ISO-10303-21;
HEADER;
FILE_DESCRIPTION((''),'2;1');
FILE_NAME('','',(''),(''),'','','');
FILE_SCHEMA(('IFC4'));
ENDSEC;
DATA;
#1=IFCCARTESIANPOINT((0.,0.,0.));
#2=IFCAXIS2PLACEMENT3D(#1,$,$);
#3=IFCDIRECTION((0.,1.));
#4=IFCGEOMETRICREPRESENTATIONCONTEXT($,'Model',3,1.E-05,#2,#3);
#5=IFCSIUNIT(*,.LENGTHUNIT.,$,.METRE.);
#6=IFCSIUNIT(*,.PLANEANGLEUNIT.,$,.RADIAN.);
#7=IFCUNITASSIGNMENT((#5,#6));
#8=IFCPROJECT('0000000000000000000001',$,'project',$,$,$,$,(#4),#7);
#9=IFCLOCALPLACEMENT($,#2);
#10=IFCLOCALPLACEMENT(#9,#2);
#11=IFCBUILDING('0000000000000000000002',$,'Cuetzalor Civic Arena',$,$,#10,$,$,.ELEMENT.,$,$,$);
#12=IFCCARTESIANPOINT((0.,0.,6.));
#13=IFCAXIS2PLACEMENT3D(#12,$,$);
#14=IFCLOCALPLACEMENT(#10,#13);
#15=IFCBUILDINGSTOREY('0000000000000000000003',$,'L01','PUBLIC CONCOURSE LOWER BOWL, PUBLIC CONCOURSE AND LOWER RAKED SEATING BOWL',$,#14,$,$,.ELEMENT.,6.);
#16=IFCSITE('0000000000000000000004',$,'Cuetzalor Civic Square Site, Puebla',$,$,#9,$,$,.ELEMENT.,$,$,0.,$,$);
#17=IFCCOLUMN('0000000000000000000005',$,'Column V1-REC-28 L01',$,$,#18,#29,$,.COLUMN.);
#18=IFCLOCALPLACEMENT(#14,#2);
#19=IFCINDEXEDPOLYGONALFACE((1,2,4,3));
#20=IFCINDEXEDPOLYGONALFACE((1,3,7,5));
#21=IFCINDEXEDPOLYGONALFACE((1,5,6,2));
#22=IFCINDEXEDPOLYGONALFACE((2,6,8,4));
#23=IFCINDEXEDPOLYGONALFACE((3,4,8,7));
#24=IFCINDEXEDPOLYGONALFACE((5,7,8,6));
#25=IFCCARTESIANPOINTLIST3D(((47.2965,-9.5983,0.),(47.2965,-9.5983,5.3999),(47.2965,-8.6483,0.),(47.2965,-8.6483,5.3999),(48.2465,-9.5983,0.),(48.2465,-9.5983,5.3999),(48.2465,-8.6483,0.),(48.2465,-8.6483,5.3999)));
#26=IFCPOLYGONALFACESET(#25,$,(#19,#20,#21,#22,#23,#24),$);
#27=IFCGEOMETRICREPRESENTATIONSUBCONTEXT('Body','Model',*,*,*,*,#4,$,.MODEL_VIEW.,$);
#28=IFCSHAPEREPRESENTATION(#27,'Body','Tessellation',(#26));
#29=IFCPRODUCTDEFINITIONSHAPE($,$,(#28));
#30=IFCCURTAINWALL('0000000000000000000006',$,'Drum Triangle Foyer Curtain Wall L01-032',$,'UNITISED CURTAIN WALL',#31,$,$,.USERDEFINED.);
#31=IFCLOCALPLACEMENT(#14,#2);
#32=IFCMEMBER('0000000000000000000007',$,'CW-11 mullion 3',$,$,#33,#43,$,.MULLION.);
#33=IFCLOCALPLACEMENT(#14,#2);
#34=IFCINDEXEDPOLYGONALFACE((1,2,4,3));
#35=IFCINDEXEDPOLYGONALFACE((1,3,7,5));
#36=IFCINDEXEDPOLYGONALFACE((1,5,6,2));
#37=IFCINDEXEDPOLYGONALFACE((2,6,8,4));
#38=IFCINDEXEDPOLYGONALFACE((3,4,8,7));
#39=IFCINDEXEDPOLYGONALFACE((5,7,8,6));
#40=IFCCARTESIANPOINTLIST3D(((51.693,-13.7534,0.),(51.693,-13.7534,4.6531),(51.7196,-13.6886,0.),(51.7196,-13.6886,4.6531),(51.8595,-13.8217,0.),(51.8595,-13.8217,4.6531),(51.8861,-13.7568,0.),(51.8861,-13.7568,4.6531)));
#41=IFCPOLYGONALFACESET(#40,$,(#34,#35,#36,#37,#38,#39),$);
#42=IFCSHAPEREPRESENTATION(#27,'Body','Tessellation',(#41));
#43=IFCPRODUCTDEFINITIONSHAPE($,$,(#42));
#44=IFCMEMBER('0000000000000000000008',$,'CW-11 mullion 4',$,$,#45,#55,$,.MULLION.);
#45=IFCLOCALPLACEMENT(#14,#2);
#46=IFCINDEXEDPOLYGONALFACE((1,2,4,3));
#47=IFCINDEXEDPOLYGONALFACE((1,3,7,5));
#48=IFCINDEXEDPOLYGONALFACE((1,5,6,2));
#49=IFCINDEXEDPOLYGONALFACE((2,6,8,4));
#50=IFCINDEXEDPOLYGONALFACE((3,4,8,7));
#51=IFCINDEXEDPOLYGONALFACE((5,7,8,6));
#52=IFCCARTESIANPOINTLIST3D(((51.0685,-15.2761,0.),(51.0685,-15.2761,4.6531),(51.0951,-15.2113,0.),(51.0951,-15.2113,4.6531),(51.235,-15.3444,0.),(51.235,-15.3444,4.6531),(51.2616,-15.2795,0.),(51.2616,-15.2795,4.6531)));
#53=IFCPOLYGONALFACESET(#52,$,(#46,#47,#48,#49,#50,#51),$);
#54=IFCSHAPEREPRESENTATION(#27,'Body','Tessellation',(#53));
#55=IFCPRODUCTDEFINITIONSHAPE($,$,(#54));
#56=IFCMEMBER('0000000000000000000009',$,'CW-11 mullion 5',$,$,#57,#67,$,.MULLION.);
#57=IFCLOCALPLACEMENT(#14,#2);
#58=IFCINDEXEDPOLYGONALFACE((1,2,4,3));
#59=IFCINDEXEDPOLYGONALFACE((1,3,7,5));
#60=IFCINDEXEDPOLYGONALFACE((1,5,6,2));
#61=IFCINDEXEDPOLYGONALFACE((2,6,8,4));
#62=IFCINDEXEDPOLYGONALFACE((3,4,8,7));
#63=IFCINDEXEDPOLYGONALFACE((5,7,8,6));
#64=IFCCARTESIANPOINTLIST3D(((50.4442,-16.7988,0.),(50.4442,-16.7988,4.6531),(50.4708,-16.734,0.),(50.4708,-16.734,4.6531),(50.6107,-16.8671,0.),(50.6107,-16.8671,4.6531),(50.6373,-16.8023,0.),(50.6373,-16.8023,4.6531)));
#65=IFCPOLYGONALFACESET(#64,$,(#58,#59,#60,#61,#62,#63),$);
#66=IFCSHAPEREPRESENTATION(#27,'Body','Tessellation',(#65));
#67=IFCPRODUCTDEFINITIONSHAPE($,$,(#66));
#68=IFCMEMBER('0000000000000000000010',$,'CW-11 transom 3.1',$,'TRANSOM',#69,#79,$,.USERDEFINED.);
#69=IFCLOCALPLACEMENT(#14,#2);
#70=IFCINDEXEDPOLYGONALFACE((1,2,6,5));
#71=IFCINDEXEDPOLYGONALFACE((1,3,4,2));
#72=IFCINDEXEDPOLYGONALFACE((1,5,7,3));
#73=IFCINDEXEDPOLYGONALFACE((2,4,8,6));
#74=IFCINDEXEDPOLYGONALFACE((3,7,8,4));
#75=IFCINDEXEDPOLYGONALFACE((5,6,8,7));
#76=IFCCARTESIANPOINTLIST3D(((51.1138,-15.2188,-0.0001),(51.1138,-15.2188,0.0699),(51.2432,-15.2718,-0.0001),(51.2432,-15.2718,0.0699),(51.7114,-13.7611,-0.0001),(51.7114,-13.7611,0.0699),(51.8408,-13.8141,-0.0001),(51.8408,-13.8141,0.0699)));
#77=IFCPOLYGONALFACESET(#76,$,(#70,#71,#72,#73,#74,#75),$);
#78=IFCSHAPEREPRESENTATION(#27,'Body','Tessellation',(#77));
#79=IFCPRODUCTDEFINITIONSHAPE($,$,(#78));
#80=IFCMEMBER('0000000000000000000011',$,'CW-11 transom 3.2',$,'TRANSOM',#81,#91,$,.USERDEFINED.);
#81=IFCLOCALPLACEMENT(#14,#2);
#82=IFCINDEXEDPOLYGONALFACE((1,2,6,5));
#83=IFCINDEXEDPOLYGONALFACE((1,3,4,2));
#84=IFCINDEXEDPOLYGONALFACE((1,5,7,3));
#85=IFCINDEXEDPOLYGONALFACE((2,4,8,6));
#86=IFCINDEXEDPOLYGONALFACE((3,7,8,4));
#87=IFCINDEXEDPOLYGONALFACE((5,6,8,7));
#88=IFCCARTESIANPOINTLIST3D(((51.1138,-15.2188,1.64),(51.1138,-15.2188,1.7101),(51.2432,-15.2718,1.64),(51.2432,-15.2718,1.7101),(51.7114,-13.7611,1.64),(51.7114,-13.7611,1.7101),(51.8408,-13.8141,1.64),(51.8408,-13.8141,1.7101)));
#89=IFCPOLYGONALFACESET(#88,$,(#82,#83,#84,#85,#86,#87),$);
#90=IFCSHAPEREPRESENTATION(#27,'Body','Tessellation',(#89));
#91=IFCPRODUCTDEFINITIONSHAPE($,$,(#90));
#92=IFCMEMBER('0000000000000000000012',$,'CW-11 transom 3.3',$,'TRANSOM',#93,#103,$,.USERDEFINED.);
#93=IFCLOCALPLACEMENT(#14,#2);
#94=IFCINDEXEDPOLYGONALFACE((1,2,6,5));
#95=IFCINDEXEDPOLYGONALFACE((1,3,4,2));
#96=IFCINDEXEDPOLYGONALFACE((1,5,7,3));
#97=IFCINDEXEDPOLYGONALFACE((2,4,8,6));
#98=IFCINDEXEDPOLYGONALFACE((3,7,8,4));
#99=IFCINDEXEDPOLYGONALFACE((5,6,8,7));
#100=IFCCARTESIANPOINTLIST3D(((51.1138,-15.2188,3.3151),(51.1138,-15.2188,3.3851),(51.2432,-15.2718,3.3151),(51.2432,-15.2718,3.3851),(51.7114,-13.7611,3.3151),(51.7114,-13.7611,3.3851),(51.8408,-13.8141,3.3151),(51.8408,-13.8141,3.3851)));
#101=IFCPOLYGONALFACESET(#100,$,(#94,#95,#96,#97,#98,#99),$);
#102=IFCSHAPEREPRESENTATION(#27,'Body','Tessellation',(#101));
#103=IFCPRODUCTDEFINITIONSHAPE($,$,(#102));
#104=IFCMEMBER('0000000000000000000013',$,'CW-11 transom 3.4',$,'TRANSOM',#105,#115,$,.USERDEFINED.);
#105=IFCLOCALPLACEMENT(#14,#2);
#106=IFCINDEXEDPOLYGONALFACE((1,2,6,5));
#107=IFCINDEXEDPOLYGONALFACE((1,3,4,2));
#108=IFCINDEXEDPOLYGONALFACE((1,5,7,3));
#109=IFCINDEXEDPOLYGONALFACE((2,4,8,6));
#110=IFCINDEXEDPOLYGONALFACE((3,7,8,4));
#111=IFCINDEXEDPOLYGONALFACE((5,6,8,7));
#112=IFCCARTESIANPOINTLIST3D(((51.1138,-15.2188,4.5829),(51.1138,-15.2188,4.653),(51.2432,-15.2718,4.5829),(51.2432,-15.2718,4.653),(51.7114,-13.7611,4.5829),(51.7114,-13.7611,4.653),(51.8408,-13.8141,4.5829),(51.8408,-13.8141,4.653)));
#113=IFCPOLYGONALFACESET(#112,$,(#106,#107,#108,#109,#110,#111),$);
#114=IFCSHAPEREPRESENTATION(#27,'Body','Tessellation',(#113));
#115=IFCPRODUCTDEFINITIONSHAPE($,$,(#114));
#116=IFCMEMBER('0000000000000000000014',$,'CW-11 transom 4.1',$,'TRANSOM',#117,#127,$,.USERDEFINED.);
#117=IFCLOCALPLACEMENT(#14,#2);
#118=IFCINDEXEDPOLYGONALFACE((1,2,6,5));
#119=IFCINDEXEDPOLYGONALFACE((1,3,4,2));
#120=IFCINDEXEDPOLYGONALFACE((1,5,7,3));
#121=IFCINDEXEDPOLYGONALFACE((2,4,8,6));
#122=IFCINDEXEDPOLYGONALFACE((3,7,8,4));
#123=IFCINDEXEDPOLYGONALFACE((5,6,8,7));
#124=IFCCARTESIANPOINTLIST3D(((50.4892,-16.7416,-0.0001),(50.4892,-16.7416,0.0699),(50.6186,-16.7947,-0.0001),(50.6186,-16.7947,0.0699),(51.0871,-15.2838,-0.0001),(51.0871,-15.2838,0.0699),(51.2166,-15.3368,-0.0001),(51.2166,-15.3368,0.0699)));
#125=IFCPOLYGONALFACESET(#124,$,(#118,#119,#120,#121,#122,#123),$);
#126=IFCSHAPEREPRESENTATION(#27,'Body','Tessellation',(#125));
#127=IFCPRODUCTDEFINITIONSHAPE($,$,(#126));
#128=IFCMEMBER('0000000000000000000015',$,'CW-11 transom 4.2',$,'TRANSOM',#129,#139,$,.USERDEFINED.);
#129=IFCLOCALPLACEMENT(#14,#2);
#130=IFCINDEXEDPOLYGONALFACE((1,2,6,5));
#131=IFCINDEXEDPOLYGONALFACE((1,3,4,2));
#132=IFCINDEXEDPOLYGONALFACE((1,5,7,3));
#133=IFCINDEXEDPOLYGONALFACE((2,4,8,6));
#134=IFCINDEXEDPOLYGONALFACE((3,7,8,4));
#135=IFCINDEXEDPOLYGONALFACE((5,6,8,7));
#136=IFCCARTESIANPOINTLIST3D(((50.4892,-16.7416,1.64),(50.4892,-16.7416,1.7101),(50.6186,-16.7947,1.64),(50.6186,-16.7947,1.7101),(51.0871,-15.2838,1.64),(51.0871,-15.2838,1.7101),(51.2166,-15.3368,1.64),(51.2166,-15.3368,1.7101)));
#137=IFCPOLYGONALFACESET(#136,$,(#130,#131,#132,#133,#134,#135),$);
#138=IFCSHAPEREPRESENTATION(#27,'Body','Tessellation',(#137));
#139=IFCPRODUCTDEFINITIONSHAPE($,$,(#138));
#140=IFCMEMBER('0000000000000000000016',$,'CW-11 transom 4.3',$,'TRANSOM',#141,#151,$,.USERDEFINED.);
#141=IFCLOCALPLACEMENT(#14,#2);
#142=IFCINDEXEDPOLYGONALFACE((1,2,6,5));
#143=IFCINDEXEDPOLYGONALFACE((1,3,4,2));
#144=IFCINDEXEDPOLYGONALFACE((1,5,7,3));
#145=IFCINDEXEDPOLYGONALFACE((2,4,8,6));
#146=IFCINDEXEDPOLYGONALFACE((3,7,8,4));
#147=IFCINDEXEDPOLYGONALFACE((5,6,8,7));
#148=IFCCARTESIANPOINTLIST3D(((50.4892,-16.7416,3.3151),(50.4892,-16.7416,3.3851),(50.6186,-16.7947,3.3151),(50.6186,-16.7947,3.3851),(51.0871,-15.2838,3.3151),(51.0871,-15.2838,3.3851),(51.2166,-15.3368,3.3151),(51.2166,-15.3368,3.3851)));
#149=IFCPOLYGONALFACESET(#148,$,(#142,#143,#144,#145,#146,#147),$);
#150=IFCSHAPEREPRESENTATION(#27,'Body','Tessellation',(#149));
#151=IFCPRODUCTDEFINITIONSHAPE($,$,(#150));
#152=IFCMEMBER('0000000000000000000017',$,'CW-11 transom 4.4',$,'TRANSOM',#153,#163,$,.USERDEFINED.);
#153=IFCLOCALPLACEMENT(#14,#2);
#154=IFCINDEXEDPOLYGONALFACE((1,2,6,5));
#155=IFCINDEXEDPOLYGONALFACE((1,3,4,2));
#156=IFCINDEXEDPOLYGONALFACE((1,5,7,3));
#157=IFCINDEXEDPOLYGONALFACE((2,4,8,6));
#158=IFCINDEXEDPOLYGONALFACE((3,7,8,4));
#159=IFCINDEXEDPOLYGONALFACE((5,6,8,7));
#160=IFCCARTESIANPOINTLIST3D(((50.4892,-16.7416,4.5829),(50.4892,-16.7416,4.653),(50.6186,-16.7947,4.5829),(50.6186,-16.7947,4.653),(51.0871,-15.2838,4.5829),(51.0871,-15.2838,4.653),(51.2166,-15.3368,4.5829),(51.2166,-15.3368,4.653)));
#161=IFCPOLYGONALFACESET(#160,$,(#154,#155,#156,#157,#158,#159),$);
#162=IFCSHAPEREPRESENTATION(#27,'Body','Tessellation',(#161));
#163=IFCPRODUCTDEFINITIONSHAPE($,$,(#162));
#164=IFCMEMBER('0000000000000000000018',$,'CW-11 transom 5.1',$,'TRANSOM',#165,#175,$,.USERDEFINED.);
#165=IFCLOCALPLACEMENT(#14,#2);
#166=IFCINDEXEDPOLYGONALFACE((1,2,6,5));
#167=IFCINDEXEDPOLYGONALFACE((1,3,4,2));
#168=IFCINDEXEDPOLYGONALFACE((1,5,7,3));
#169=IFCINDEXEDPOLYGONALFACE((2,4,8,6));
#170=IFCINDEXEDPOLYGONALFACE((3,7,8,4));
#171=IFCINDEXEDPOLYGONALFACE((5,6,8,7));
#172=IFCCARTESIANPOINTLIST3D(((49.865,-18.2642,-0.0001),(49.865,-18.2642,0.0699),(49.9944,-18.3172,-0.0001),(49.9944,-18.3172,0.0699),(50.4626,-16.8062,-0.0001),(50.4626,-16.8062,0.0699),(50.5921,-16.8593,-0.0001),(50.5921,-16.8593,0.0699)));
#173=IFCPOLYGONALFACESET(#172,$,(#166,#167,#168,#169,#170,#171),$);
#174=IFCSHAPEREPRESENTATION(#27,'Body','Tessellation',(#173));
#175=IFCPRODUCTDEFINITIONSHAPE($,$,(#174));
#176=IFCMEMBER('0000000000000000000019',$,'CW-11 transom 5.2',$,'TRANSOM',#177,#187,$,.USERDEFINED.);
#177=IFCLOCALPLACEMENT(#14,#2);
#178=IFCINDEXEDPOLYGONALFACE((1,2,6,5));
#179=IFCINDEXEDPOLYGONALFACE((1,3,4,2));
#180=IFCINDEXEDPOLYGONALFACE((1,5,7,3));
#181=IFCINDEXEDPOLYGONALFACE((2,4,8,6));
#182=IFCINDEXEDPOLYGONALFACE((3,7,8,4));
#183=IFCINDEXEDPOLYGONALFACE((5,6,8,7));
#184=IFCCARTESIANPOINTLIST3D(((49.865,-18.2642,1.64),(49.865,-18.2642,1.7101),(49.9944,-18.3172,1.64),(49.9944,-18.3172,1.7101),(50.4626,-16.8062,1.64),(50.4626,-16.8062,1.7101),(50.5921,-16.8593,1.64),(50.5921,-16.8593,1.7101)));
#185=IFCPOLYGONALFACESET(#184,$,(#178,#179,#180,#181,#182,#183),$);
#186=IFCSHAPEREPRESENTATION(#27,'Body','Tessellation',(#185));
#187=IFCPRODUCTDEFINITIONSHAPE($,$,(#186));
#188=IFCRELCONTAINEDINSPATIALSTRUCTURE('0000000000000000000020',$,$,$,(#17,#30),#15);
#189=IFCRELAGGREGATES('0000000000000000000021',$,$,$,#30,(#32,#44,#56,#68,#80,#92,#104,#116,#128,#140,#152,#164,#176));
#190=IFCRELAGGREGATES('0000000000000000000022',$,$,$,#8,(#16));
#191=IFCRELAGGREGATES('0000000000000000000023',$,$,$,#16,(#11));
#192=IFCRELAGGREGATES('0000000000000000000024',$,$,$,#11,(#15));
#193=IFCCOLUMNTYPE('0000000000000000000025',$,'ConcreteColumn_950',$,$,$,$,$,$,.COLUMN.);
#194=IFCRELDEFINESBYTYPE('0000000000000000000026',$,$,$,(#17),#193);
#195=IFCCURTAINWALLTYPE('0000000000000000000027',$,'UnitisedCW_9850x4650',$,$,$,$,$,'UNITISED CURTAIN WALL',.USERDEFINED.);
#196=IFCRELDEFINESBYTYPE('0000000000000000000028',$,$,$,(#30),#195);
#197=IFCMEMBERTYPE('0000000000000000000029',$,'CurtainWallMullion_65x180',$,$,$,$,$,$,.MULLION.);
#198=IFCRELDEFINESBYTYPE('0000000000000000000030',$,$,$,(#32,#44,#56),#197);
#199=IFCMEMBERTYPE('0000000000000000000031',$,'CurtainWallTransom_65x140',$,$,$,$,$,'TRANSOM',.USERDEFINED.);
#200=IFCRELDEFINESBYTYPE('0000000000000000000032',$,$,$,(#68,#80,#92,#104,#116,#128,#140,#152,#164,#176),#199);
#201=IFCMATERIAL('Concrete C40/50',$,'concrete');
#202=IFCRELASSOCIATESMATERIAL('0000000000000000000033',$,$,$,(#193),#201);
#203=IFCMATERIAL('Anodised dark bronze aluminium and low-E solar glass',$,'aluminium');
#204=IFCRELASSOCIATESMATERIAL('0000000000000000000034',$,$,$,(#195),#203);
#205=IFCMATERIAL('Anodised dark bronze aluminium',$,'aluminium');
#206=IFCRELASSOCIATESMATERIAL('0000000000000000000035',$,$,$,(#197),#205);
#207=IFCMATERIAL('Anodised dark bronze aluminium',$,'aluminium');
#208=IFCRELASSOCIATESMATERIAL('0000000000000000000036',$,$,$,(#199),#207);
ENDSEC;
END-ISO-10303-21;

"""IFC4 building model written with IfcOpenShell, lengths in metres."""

from ifc_helpers import new_model, si_unit, direction, frame, origin, origin_2d, place, context, subcontext, project, spatial, rectangle, extrude, material, material_profile, profile_set, type_object, element, aggregate, save


model = new_model("IFC4")

# Units and contexts
model_context = context("Model", 3, precision=1e-05, world=origin(), true_north=direction((0.0, 1.0)))
body_context = subcontext(model_context, "Body", "Model", "MODEL_VIEW")
ifc_project = project(units=[si_unit("LENGTHUNIT", "METRE"), si_unit("PLANEANGLEUNIT", "RADIAN")], contexts=[model_context])

# Site, building, storey
site_placement = place(None, origin())
site = spatial("IfcSite", under=ifc_project, at=site_placement, Name="Cuetzalor Civic Square Site, Puebla", CompositionType="ELEMENT", RefElevation=0.0)
building_placement = place(site_placement, origin())
building = spatial("IfcBuilding", under=site, at=building_placement, Name="Cuetzalor Civic Arena", CompositionType="ELEMENT")
storey_placement = place(building_placement, frame((0.0, 0.0, 6.0)))
storey = spatial("IfcBuildingStorey", under=building, at=storey_placement, Name="L01", Description="PUBLIC CONCOURSE LOWER BOWL, PUBLIC CONCOURSE AND LOWER RAKED SEATING BOWL", CompositionType="ELEMENT", Elevation=6.0)

# Column
ifc_material_1 = material(Name="Concrete C40/50", Category="concrete")
ifc_material_profile_1 = material_profile(ifc_material_1, rectangle(XDim=0.95, YDim=0.95, at=origin_2d()), Name="RC 950x950")
ifc_profile_set_1 = profile_set([ifc_material_profile_1], Name="Concrete C40/50")
column_type = type_object("IfcColumnType", Name="ConcreteColumn_950", PredefinedType="COLUMN", material=ifc_profile_set_1)
column_placement = place(storey_placement, frame((47.7715, -9.1233, 0.0), z_axis=(0.0, 0.0, 1.0), x_axis=(1.0, 0.0, 0.0)))
element("IfcColumn", 1, at=column_placement, inside=storey, type_object=column_type, Name="Column V1-REC-28 L01", PredefinedType="COLUMN", context=body_context, shape_type="SweptSolid", body=[
    extrude(rectangle(XDim=0.95, YDim=0.95, at=origin_2d()), origin(), (0.0, 0.0, 1.0), 5.3999),
])

# Curtain wall, members
ifc_material_2 = material(Name="Anodised dark bronze aluminium and low-E solar glass", Category="aluminium")
curtain_wall_type = type_object("IfcCurtainWallType", Name="UnitisedCW_9850x4650", ElementType="UNITISED CURTAIN WALL", PredefinedType="USERDEFINED", material=ifc_material_2)
curtain_wall_placement = place(storey_placement, origin())
curtain_wall = element("IfcCurtainWall", 2, at=curtain_wall_placement, inside=storey, type_object=curtain_wall_type, Name="Drum Triangle Foyer Curtain Wall L01-032", ObjectType="UNITISED CURTAIN WALL", PredefinedType="USERDEFINED")
ifc_material_3 = material(Name="Anodised dark bronze aluminium", Category="aluminium")
ifc_material_profile_2 = material_profile(ifc_material_3, rectangle(XDim=0.0701, YDim=0.1799, at=origin_2d()), Name="ALU MULLION 70x180")
ifc_profile_set_2 = profile_set([ifc_material_profile_2], Name="Anodised dark bronze aluminium")
member_type_1 = type_object("IfcMemberType", Name="CurtainWallMullion_65x180", PredefinedType="MULLION", material=ifc_profile_set_2)
member_1_placement = place(storey_placement, frame((51.7896, -13.7551, 0.0), z_axis=(0.0, 0.0, 1.0), x_axis=(-0.379391, -0.925236, 0.0)))
member_1 = element("IfcMember", 3, at=member_1_placement, type_object=member_type_1, Name="CW-11 mullion 3", PredefinedType="MULLION", context=body_context, shape_type="SweptSolid", body=[
    extrude(rectangle(XDim=0.0701, YDim=0.1799, at=origin_2d()), origin(), (0.0, 0.0, 1.0), 4.6531),
])
member_2_placement = place(storey_placement, frame((51.165, -15.2778, 0.0), z_axis=(0.0, 0.0, 1.0), x_axis=(-0.379391, -0.925236, 0.0)))
member_2 = element("IfcMember", 4, at=member_2_placement, type_object=member_type_1, Name="CW-11 mullion 4", PredefinedType="MULLION", context=body_context, shape_type="SweptSolid", body=[
    extrude(rectangle(XDim=0.0701, YDim=0.1799, at=origin_2d()), origin(), (0.0, 0.0, 1.0), 4.6531),
])
member_3_placement = place(storey_placement, frame((50.5408, -16.8005, 0.0), z_axis=(0.0, 0.0, 1.0), x_axis=(-0.379391, -0.925236, 0.0)))
member_3 = element("IfcMember", 5, at=member_3_placement, type_object=member_type_1, Name="CW-11 mullion 5", PredefinedType="MULLION", context=body_context, shape_type="SweptSolid", body=[
    extrude(rectangle(XDim=0.0701, YDim=0.1799, at=origin_2d()), origin(), (0.0, 0.0, 1.0), 4.6531),
])
ifc_material_4 = material(Name="Anodised dark bronze aluminium", Category="aluminium")
ifc_material_profile_3 = material_profile(ifc_material_4, rectangle(XDim=0.1399, YDim=0.0701, at=origin_2d()), Name="ALU TRANSOM 70x140")
ifc_profile_set_3 = profile_set([ifc_material_profile_3], Name="Anodised dark bronze aluminium")
member_type_2 = type_object("IfcMemberType", Name="CurtainWallTransom_65x140", ElementType="TRANSOM", PredefinedType="USERDEFINED", material=ifc_profile_set_3)
member_4_placement = place(storey_placement, frame((51.7761, -13.7876, 0.0349), z_axis=(-0.379339, -0.925258, 0.0), x_axis=(0.925258, -0.379339, 0.0)))
member_4 = element("IfcMember", 6, at=member_4_placement, type_object=member_type_2, Name="CW-11 transom 3.1", ObjectType="TRANSOM", PredefinedType="USERDEFINED", context=body_context, shape_type="SweptSolid", body=[
    extrude(rectangle(XDim=0.1399, YDim=0.0701, at=origin_2d()), origin(), (0.0, 0.0, 1.0), 1.5754),
])
member_5_placement = place(storey_placement, frame((51.7761, -13.7876, 1.675), z_axis=(-0.379339, -0.925258, 0.0), x_axis=(0.925258, -0.379339, 0.0)))
member_5 = element("IfcMember", 7, at=member_5_placement, type_object=member_type_2, Name="CW-11 transom 3.2", ObjectType="TRANSOM", PredefinedType="USERDEFINED", context=body_context, shape_type="SweptSolid", body=[
    extrude(rectangle(XDim=0.1399, YDim=0.0701, at=origin_2d()), origin(), (0.0, 0.0, 1.0), 1.5754),
])
member_6_placement = place(storey_placement, frame((51.7761, -13.7876, 3.3501), z_axis=(-0.379339, -0.925258, 0.0), x_axis=(0.925258, -0.379339, 0.0)))
member_6 = element("IfcMember", 8, at=member_6_placement, type_object=member_type_2, Name="CW-11 transom 3.3", ObjectType="TRANSOM", PredefinedType="USERDEFINED", context=body_context, shape_type="SweptSolid", body=[
    extrude(rectangle(XDim=0.1399, YDim=0.0701, at=origin_2d()), origin(), (0.0, 0.0, 1.0), 1.5754),
])
member_7_placement = place(storey_placement, frame((51.7761, -13.7876, 4.6179), z_axis=(-0.379339, -0.925258, 0.0), x_axis=(0.925258, -0.379339, 0.0)))
member_7 = element("IfcMember", 9, at=member_7_placement, type_object=member_type_2, Name="CW-11 transom 3.4", ObjectType="TRANSOM", PredefinedType="USERDEFINED", context=body_context, shape_type="SweptSolid", body=[
    extrude(rectangle(XDim=0.1399, YDim=0.0701, at=origin_2d()), origin(), (0.0, 0.0, 1.0), 1.5754),
])
member_8_placement = place(storey_placement, frame((51.1519, -15.3103, 0.0349), z_axis=(-0.379471, -0.925203, 0.0), x_axis=(0.925203, -0.379471, 0.0)))
member_8 = element("IfcMember", 10, at=member_8_placement, type_object=member_type_2, Name="CW-11 transom 4.1", ObjectType="TRANSOM", PredefinedType="USERDEFINED", context=body_context, shape_type="SweptSolid", body=[
    extrude(rectangle(XDim=0.1399, YDim=0.0701, at=origin_2d()), origin(), (0.0, 0.0, 1.0), 1.5757),
])
member_9_placement = place(storey_placement, frame((51.1519, -15.3103, 1.675), z_axis=(-0.379471, -0.925203, 0.0), x_axis=(0.925203, -0.379471, 0.0)))
member_9 = element("IfcMember", 11, at=member_9_placement, type_object=member_type_2, Name="CW-11 transom 4.2", ObjectType="TRANSOM", PredefinedType="USERDEFINED", context=body_context, shape_type="SweptSolid", body=[
    extrude(rectangle(XDim=0.1399, YDim=0.0701, at=origin_2d()), origin(), (0.0, 0.0, 1.0), 1.5757),
])
member_10_placement = place(storey_placement, frame((51.1519, -15.3103, 3.3501), z_axis=(-0.379471, -0.925203, 0.0), x_axis=(0.925203, -0.379471, 0.0)))
member_10 = element("IfcMember", 12, at=member_10_placement, type_object=member_type_2, Name="CW-11 transom 4.3", ObjectType="TRANSOM", PredefinedType="USERDEFINED", context=body_context, shape_type="SweptSolid", body=[
    extrude(rectangle(XDim=0.1399, YDim=0.0701, at=origin_2d()), origin(), (0.0, 0.0, 1.0), 1.5757),
])
member_11_placement = place(storey_placement, frame((51.1519, -15.3103, 4.6179), z_axis=(-0.379471, -0.925203, 0.0), x_axis=(0.925203, -0.379471, 0.0)))
member_11 = element("IfcMember", 13, at=member_11_placement, type_object=member_type_2, Name="CW-11 transom 4.4", ObjectType="TRANSOM", PredefinedType="USERDEFINED", context=body_context, shape_type="SweptSolid", body=[
    extrude(rectangle(XDim=0.1399, YDim=0.0701, at=origin_2d()), origin(), (0.0, 0.0, 1.0), 1.5757),
])
member_12_placement = place(storey_placement, frame((50.5273, -16.8328, 0.0349), z_axis=(-0.379284, -0.92528, 0.0), x_axis=(0.92528, -0.379284, 0.0)))
member_12 = element("IfcMember", 14, at=member_12_placement, type_object=member_type_2, Name="CW-11 transom 5.1", ObjectType="TRANSOM", PredefinedType="USERDEFINED", context=body_context, shape_type="SweptSolid", body=[
    extrude(rectangle(XDim=0.1399, YDim=0.0701, at=origin_2d()), origin(), (0.0, 0.0, 1.0), 1.5757),
])
member_13_placement = place(storey_placement, frame((50.5273, -16.8328, 1.675), z_axis=(-0.379284, -0.92528, 0.0), x_axis=(0.92528, -0.379284, 0.0)))
member_13 = element("IfcMember", 15, at=member_13_placement, type_object=member_type_2, Name="CW-11 transom 5.2", ObjectType="TRANSOM", PredefinedType="USERDEFINED", context=body_context, shape_type="SweptSolid", body=[
    extrude(rectangle(XDim=0.1399, YDim=0.0701, at=origin_2d()), origin(), (0.0, 0.0, 1.0), 1.5757),
])

aggregate(curtain_wall, [member_1, member_2, member_3, member_4, member_5, member_6, member_7, member_8, member_9, member_10, member_11, member_12, member_13])

save(model, "model.ifc")
